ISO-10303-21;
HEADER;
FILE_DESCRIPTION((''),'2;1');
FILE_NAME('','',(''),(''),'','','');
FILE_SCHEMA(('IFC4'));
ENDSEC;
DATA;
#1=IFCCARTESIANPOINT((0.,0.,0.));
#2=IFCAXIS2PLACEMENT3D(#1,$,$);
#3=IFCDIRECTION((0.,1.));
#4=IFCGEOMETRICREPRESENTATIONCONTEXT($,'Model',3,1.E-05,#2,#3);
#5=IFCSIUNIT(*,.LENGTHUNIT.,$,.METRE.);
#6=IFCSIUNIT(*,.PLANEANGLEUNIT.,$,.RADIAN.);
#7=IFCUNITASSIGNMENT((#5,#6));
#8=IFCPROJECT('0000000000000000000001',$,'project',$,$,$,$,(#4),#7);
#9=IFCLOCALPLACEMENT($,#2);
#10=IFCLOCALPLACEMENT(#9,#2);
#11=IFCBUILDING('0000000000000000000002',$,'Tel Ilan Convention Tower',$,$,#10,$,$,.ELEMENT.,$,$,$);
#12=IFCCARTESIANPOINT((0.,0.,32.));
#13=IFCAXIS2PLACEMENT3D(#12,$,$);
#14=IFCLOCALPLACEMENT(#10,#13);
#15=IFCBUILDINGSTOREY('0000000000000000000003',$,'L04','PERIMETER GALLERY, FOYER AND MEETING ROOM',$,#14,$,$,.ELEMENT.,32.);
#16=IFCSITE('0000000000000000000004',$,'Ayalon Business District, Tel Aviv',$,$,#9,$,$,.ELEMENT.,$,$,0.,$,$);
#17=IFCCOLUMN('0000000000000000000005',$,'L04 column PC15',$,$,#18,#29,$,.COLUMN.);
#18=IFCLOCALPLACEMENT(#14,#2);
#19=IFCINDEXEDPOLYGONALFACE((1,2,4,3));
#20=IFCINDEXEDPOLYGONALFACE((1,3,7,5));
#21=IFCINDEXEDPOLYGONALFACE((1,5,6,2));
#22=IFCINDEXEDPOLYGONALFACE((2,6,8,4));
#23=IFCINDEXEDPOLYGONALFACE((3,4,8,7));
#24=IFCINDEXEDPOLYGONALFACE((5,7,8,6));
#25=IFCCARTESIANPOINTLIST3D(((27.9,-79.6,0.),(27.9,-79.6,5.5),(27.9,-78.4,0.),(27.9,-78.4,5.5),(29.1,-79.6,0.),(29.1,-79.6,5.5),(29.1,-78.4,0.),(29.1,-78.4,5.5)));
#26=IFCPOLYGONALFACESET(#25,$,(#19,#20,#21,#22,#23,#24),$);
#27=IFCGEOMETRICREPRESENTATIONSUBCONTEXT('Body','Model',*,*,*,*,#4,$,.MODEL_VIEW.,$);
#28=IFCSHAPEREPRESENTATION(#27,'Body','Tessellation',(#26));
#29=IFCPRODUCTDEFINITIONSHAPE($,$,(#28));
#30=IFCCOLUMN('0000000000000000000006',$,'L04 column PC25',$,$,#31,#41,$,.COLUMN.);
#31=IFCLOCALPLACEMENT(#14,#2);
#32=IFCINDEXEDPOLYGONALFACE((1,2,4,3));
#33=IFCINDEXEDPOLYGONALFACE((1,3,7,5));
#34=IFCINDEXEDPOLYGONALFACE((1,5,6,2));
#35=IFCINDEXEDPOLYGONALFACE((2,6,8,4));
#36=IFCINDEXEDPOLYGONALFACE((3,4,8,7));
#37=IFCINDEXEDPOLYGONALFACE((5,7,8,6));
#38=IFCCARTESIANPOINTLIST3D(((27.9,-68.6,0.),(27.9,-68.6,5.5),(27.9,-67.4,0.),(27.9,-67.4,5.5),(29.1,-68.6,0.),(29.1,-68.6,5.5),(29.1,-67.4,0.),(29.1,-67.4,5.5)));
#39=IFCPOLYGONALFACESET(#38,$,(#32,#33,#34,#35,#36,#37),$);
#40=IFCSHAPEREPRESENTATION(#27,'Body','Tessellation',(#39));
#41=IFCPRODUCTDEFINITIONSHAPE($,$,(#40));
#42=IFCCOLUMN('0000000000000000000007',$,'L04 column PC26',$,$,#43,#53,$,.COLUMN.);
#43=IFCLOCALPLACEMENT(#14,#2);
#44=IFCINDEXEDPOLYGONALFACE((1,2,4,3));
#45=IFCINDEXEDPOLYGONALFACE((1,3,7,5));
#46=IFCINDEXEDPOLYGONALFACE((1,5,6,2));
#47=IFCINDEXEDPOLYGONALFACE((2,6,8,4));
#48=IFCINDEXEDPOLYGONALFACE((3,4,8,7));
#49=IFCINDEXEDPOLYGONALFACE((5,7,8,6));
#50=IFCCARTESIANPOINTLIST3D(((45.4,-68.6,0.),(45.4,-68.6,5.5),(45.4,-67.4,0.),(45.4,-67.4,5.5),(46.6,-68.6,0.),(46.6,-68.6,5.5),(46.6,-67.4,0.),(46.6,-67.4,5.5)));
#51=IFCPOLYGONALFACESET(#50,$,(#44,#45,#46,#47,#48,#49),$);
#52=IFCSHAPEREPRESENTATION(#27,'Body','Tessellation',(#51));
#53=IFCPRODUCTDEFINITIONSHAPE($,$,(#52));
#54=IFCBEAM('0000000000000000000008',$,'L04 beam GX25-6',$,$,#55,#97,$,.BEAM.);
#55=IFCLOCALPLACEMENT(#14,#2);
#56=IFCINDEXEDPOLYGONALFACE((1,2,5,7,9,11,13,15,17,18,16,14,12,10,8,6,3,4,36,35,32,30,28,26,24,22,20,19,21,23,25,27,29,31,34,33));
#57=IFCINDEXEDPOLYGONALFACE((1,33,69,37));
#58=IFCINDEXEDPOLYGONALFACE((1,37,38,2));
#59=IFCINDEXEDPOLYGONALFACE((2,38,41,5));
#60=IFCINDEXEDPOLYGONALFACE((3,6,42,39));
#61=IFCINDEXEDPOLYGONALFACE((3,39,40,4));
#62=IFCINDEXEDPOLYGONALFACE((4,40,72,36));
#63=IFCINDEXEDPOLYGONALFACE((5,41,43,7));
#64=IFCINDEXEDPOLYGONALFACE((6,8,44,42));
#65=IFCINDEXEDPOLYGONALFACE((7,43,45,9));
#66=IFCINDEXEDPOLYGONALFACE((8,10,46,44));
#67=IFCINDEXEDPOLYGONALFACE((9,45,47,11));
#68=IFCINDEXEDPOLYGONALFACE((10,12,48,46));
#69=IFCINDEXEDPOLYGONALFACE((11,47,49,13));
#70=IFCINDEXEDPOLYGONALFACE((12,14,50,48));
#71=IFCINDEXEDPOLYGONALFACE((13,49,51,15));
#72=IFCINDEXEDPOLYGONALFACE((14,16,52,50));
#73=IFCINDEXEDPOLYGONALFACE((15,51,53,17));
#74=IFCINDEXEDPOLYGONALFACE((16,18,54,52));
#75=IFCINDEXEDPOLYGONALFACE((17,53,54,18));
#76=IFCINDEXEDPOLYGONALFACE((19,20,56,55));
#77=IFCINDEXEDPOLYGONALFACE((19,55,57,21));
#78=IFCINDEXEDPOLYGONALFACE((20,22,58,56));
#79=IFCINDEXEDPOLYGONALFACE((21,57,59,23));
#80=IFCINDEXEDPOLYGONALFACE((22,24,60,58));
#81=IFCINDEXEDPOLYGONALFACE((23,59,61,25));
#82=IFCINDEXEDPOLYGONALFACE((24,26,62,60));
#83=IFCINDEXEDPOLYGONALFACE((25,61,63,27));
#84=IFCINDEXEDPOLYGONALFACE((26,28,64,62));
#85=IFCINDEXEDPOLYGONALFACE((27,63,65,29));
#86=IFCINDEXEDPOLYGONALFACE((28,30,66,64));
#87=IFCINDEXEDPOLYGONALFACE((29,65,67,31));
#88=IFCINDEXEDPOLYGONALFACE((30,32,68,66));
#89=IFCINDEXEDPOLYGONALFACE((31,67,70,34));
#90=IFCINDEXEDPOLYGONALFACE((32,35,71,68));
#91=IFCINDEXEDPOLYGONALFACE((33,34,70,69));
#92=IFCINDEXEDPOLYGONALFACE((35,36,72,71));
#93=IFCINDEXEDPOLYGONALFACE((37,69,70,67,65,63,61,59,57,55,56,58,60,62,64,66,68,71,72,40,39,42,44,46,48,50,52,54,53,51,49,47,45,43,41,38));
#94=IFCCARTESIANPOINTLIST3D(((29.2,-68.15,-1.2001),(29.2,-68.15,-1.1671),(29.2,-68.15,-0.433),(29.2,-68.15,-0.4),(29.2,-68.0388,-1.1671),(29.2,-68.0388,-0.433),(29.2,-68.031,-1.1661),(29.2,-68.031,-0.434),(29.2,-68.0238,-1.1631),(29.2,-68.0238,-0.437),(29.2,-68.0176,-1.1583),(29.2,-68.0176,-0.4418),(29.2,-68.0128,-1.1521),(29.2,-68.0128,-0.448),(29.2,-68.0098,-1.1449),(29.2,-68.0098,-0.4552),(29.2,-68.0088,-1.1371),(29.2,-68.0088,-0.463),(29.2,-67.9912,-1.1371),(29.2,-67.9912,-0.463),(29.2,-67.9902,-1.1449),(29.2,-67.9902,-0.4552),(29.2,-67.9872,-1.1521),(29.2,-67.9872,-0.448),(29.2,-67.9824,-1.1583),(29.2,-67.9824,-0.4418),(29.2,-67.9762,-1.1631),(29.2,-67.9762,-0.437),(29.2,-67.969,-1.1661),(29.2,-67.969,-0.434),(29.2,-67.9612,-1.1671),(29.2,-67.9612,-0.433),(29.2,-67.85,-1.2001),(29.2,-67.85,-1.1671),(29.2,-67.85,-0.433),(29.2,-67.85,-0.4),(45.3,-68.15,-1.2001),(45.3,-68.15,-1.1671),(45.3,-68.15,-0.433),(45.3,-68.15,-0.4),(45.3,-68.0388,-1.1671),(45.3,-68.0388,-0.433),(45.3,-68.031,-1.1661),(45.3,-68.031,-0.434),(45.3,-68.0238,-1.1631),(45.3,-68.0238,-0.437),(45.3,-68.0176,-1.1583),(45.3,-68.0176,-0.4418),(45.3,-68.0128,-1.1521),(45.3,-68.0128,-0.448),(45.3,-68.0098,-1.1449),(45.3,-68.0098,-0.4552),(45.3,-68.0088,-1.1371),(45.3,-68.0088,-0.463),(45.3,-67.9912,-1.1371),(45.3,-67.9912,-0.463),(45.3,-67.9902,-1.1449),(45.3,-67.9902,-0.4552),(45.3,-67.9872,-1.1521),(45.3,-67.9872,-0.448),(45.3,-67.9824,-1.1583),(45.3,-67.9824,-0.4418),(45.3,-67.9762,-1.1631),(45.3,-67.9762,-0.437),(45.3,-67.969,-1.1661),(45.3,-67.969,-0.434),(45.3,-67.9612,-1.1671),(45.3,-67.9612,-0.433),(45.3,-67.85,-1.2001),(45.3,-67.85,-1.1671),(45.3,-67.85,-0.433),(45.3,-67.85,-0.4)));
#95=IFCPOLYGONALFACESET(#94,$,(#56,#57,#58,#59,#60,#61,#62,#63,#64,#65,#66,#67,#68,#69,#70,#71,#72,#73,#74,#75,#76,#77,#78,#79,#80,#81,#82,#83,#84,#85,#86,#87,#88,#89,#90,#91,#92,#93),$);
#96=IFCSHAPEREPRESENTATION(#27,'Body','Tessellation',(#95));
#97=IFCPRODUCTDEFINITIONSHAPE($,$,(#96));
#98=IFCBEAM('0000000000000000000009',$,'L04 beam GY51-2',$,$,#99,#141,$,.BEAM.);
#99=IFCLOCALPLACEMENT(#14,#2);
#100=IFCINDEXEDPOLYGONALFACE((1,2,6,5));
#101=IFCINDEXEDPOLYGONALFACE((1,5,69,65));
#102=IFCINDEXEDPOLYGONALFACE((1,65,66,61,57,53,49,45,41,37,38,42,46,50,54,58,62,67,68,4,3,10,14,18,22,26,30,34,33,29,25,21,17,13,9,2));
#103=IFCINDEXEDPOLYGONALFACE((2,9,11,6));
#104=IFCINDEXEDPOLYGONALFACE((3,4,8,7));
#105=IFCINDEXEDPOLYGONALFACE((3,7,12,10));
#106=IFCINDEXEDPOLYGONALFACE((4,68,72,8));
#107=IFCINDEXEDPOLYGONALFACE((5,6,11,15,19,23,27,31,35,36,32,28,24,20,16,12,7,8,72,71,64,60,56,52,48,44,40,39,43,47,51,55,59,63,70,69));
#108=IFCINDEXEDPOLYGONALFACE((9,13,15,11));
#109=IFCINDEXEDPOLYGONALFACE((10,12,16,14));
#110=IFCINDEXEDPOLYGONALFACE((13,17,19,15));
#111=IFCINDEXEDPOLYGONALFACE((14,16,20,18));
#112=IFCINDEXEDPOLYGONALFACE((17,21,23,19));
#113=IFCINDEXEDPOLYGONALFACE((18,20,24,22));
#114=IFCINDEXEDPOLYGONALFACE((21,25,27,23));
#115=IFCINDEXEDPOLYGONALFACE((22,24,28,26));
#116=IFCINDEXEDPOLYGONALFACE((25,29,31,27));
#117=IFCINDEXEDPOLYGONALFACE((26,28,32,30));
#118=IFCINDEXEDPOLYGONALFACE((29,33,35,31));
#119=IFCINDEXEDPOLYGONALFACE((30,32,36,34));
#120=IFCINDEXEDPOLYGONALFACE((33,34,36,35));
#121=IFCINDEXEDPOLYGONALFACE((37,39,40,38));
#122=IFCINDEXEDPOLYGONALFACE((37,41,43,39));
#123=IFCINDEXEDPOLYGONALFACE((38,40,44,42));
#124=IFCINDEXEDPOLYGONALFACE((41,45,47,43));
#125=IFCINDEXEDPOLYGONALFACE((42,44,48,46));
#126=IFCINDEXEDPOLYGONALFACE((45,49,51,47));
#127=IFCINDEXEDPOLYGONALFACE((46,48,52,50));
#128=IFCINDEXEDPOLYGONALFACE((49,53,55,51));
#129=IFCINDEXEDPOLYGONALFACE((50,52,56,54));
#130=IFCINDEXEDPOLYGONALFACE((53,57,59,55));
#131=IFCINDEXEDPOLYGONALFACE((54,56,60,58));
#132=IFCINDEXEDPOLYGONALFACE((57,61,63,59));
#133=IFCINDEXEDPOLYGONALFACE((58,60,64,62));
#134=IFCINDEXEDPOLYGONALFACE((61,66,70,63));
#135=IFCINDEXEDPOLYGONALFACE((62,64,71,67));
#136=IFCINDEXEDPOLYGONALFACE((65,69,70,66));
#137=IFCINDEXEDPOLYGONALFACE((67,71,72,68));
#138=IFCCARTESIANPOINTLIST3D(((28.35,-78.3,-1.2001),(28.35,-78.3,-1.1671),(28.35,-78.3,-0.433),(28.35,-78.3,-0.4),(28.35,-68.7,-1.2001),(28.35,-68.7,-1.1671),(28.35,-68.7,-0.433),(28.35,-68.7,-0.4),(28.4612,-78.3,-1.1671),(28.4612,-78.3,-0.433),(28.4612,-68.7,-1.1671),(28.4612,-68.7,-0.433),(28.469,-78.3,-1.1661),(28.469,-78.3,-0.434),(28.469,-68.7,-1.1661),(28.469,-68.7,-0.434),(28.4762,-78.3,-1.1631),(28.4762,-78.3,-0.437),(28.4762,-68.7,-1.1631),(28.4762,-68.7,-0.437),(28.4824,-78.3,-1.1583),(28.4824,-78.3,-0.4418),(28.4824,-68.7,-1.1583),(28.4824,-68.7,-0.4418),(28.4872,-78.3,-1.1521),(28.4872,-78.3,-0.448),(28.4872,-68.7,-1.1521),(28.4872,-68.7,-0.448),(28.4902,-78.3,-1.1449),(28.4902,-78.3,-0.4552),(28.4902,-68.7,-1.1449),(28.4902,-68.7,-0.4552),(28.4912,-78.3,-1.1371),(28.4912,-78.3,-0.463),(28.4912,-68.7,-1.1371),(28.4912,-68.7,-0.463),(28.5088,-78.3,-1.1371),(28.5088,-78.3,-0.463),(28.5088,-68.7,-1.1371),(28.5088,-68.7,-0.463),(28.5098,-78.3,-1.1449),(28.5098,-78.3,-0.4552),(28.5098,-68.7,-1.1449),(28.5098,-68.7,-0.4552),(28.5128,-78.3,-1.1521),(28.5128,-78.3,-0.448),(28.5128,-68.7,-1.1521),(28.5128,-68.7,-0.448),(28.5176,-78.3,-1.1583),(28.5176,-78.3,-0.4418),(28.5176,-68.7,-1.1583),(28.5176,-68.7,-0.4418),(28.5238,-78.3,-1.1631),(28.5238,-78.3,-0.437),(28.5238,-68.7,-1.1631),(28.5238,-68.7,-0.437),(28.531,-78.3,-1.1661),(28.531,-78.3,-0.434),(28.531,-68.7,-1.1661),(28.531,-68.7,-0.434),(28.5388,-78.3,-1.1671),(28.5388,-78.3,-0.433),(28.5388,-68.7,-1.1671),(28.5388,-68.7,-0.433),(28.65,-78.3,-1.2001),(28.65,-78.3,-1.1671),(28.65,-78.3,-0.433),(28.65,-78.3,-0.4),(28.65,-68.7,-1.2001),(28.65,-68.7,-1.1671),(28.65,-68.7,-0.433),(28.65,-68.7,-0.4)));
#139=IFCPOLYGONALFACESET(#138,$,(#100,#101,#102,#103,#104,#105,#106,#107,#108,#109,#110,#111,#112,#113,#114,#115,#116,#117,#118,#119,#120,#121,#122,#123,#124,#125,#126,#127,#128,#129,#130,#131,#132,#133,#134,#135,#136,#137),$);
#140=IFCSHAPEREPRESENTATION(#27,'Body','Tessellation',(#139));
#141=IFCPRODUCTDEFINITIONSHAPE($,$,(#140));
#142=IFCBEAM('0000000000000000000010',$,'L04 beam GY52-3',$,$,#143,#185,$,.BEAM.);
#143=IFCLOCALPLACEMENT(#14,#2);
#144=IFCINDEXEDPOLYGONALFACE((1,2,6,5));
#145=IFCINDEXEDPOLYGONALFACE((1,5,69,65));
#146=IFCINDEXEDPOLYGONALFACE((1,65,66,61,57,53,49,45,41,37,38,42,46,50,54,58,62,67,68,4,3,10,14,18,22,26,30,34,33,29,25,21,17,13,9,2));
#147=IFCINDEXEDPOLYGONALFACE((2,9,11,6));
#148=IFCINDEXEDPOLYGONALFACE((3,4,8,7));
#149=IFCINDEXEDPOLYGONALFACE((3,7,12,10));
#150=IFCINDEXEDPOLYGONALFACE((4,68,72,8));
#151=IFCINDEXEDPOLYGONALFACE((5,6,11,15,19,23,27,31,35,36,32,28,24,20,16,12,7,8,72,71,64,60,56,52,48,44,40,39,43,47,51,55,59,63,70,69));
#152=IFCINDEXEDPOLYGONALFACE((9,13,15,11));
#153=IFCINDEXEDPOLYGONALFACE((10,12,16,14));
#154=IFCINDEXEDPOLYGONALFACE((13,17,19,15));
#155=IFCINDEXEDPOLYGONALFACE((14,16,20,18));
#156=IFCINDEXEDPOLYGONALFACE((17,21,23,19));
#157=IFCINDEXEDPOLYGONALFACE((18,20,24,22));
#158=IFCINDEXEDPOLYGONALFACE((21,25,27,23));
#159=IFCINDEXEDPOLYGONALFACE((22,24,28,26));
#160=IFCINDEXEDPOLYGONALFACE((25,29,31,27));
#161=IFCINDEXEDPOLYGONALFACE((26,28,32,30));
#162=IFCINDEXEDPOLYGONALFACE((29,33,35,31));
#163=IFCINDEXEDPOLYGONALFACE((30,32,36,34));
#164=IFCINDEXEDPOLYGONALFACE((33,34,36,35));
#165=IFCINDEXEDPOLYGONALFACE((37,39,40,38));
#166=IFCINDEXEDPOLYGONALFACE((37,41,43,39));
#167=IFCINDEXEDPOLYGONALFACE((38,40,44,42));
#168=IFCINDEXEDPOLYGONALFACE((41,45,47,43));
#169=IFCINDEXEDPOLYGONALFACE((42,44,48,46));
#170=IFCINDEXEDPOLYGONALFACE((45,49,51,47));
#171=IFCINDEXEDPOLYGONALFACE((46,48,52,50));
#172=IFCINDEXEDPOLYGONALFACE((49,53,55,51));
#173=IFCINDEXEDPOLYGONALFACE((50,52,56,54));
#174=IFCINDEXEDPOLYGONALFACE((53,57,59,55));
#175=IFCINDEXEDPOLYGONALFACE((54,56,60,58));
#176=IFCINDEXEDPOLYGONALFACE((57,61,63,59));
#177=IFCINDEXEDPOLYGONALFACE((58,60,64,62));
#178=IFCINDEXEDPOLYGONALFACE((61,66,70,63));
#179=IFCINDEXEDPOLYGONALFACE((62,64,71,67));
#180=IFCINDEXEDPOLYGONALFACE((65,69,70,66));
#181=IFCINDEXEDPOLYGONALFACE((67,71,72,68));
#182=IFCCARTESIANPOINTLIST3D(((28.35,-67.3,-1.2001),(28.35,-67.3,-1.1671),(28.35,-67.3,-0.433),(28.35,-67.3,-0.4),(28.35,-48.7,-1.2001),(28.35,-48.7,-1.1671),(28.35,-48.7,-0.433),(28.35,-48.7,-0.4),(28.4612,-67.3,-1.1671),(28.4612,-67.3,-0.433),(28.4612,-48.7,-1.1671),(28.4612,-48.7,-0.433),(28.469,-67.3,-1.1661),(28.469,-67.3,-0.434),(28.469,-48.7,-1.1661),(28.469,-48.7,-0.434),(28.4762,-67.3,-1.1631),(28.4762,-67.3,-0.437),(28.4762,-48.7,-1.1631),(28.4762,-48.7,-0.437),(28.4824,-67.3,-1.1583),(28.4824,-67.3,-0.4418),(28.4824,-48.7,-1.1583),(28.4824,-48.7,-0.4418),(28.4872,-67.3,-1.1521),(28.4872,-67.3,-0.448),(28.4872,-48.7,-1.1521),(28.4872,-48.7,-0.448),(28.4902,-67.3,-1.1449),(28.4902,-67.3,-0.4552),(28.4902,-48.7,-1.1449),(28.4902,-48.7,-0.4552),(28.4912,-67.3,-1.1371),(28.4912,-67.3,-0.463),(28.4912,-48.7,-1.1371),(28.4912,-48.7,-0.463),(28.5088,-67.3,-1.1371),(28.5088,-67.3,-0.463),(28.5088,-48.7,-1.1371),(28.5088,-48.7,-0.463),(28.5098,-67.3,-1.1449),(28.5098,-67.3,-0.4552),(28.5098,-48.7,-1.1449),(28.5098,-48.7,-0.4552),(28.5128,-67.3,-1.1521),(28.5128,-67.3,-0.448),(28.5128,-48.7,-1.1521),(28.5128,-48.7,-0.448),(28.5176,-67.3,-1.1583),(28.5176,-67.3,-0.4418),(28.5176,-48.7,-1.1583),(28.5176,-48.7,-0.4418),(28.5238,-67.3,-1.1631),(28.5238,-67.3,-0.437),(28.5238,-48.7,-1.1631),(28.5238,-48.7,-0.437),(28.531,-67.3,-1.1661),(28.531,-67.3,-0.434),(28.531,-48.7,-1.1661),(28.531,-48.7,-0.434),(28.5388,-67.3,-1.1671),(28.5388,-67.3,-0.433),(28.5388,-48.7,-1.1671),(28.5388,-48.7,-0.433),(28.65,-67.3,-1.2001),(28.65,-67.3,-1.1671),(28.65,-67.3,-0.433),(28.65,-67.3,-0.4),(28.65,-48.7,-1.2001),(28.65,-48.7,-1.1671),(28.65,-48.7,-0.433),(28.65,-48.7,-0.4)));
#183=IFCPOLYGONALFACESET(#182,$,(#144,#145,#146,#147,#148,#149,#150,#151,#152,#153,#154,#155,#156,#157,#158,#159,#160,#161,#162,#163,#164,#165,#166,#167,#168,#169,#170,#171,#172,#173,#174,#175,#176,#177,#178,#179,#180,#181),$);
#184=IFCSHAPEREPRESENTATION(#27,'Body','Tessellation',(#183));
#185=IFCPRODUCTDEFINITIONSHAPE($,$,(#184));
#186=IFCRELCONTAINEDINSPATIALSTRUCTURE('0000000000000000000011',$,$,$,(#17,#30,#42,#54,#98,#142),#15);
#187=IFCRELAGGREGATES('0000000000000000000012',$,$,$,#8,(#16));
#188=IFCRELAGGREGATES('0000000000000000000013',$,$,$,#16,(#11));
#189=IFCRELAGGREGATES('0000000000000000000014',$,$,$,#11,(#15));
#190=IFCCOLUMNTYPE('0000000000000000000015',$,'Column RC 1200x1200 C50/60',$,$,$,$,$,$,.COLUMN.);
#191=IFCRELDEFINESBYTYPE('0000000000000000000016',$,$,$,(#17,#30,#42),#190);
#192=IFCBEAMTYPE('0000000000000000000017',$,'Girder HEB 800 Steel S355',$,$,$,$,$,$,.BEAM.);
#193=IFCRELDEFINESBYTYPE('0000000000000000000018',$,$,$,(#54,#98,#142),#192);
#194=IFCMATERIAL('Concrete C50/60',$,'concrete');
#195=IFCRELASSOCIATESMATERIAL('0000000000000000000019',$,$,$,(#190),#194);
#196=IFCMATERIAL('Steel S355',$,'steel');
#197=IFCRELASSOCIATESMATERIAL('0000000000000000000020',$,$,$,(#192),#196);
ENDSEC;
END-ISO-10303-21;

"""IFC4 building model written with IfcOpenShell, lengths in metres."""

from ifc_helpers import new_model, si_unit, direction, frame, origin, origin_2d, place, context, subcontext, project, spatial, rectangle, i_section, extrude, material, material_profile, profile_set, type_object, element, save


model = new_model("IFC4")

# Units and contexts
model_context = context("Model", 3, precision=1e-05, world=origin(), true_north=direction((0.0, 1.0)))
body_context = subcontext(model_context, "Body", "Model", "MODEL_VIEW")
ifc_project = project(units=[si_unit("LENGTHUNIT", "METRE"), si_unit("PLANEANGLEUNIT", "RADIAN")], contexts=[model_context])

# Site, building, storey
site_placement = place(None, origin())
site = spatial("IfcSite", under=ifc_project, at=site_placement, Name="Ayalon Business District, Tel Aviv", CompositionType="ELEMENT", RefElevation=0.0)
building_placement = place(site_placement, origin())
building = spatial("IfcBuilding", under=site, at=building_placement, Name="Tel Ilan Convention Tower", CompositionType="ELEMENT")
storey_placement = place(building_placement, frame((0.0, 0.0, 32.0)))
storey = spatial("IfcBuildingStorey", under=building, at=storey_placement, Name="L04", Description="PERIMETER GALLERY, FOYER AND MEETING ROOM", CompositionType="ELEMENT", Elevation=32.0)

# Columns
ifc_material_1 = material(Name="Concrete C50/60", Category="concrete")
ifc_material_profile_1 = material_profile(ifc_material_1, rectangle(XDim=1.2, YDim=1.2, at=origin_2d()), Name="RC 1200x1200")
ifc_profile_set_1 = profile_set([ifc_material_profile_1], Name="Concrete C50/60")
column_type = type_object("IfcColumnType", Name="Column RC 1200x1200 C50/60", PredefinedType="COLUMN", material=ifc_profile_set_1)
for number, where, z_axis, x_axis, name in (
    (1, (28.5, -79.0, 0.0), (0.0, 0.0, 1.0), (1.0, 0.0, 0.0), "L04 column PC15"),
    (2, (28.5, -68.0, 0.0), (0.0, 0.0, 1.0), (1.0, 0.0, 0.0), "L04 column PC25"),
    (3, (46.0, -68.0, 0.0), (0.0, 0.0, 1.0), (1.0, 0.0, 0.0), "L04 column PC26"),
):
    element("IfcColumn", number, at=place(storey_placement, frame(where, z_axis=z_axis, x_axis=x_axis)), inside=storey, type_object=column_type, Name=name, PredefinedType="COLUMN", context=body_context, shape_type="SweptSolid", body=[
        extrude(rectangle(XDim=1.2, YDim=1.2, at=origin_2d()), origin(), (0.0, 0.0, 1.0), 5.5),
    ])

# Beams
ifc_material_2 = material(Name="Steel S355", Category="steel")
ifc_material_profile_2 = material_profile(ifc_material_2, i_section(OverallWidth=0.3, OverallDepth=0.8, WebThickness=0.0176, FlangeThickness=0.033, FilletRadius=0.03, at=origin_2d()), Name="HEB 800")
ifc_profile_set_2 = profile_set([ifc_material_profile_2], Name="Steel S355")
beam_type_1 = type_object("IfcBeamType", Name="Girder HEB 800 Steel S355", PredefinedType="BEAM", material=ifc_profile_set_2)
beam_1_placement = place(storey_placement, frame((29.2, -68.0, -0.8), z_axis=(1.0, 0.0, 0.0), x_axis=(0.0, 1.0, 0.0)))
element("IfcBeam", 4, at=beam_1_placement, inside=storey, type_object=beam_type_1, Name="L04 beam GX25-6", PredefinedType="BEAM", context=body_context, shape_type="SweptSolid", body=[
    extrude(i_section(OverallWidth=0.3, OverallDepth=0.8, WebThickness=0.0176, FlangeThickness=0.033, FilletRadius=0.03, at=origin_2d()), origin(), (0.0, 0.0, 1.0), 16.1001),
])
beam_2_placement = place(storey_placement, frame((28.5, -78.3, -0.8), z_axis=(0.0, 1.0, 0.0), x_axis=(-1.0, 0.0, 0.0)))
element("IfcBeam", 5, at=beam_2_placement, inside=storey, type_object=beam_type_1, Name="L04 beam GY51-2", PredefinedType="BEAM", context=body_context, shape_type="SweptSolid", body=[
    extrude(i_section(OverallWidth=0.3, OverallDepth=0.8, WebThickness=0.0176, FlangeThickness=0.033, FilletRadius=0.03, at=origin_2d()), origin(), (0.0, 0.0, 1.0), 9.6001),
])
beam_3_placement = place(storey_placement, frame((28.5, -67.3, -0.8), z_axis=(0.0, 1.0, 0.0), x_axis=(-1.0, 0.0, 0.0)))
element("IfcBeam", 6, at=beam_3_placement, inside=storey, type_object=beam_type_1, Name="L04 beam GY52-3", PredefinedType="BEAM", context=body_context, shape_type="SweptSolid", body=[
    extrude(i_section(OverallWidth=0.3, OverallDepth=0.8, WebThickness=0.0176, FlangeThickness=0.033, FilletRadius=0.03, at=origin_2d()), origin(), (0.0, 0.0, 1.0), 18.6001),
])

save(model, "model.ifc")
